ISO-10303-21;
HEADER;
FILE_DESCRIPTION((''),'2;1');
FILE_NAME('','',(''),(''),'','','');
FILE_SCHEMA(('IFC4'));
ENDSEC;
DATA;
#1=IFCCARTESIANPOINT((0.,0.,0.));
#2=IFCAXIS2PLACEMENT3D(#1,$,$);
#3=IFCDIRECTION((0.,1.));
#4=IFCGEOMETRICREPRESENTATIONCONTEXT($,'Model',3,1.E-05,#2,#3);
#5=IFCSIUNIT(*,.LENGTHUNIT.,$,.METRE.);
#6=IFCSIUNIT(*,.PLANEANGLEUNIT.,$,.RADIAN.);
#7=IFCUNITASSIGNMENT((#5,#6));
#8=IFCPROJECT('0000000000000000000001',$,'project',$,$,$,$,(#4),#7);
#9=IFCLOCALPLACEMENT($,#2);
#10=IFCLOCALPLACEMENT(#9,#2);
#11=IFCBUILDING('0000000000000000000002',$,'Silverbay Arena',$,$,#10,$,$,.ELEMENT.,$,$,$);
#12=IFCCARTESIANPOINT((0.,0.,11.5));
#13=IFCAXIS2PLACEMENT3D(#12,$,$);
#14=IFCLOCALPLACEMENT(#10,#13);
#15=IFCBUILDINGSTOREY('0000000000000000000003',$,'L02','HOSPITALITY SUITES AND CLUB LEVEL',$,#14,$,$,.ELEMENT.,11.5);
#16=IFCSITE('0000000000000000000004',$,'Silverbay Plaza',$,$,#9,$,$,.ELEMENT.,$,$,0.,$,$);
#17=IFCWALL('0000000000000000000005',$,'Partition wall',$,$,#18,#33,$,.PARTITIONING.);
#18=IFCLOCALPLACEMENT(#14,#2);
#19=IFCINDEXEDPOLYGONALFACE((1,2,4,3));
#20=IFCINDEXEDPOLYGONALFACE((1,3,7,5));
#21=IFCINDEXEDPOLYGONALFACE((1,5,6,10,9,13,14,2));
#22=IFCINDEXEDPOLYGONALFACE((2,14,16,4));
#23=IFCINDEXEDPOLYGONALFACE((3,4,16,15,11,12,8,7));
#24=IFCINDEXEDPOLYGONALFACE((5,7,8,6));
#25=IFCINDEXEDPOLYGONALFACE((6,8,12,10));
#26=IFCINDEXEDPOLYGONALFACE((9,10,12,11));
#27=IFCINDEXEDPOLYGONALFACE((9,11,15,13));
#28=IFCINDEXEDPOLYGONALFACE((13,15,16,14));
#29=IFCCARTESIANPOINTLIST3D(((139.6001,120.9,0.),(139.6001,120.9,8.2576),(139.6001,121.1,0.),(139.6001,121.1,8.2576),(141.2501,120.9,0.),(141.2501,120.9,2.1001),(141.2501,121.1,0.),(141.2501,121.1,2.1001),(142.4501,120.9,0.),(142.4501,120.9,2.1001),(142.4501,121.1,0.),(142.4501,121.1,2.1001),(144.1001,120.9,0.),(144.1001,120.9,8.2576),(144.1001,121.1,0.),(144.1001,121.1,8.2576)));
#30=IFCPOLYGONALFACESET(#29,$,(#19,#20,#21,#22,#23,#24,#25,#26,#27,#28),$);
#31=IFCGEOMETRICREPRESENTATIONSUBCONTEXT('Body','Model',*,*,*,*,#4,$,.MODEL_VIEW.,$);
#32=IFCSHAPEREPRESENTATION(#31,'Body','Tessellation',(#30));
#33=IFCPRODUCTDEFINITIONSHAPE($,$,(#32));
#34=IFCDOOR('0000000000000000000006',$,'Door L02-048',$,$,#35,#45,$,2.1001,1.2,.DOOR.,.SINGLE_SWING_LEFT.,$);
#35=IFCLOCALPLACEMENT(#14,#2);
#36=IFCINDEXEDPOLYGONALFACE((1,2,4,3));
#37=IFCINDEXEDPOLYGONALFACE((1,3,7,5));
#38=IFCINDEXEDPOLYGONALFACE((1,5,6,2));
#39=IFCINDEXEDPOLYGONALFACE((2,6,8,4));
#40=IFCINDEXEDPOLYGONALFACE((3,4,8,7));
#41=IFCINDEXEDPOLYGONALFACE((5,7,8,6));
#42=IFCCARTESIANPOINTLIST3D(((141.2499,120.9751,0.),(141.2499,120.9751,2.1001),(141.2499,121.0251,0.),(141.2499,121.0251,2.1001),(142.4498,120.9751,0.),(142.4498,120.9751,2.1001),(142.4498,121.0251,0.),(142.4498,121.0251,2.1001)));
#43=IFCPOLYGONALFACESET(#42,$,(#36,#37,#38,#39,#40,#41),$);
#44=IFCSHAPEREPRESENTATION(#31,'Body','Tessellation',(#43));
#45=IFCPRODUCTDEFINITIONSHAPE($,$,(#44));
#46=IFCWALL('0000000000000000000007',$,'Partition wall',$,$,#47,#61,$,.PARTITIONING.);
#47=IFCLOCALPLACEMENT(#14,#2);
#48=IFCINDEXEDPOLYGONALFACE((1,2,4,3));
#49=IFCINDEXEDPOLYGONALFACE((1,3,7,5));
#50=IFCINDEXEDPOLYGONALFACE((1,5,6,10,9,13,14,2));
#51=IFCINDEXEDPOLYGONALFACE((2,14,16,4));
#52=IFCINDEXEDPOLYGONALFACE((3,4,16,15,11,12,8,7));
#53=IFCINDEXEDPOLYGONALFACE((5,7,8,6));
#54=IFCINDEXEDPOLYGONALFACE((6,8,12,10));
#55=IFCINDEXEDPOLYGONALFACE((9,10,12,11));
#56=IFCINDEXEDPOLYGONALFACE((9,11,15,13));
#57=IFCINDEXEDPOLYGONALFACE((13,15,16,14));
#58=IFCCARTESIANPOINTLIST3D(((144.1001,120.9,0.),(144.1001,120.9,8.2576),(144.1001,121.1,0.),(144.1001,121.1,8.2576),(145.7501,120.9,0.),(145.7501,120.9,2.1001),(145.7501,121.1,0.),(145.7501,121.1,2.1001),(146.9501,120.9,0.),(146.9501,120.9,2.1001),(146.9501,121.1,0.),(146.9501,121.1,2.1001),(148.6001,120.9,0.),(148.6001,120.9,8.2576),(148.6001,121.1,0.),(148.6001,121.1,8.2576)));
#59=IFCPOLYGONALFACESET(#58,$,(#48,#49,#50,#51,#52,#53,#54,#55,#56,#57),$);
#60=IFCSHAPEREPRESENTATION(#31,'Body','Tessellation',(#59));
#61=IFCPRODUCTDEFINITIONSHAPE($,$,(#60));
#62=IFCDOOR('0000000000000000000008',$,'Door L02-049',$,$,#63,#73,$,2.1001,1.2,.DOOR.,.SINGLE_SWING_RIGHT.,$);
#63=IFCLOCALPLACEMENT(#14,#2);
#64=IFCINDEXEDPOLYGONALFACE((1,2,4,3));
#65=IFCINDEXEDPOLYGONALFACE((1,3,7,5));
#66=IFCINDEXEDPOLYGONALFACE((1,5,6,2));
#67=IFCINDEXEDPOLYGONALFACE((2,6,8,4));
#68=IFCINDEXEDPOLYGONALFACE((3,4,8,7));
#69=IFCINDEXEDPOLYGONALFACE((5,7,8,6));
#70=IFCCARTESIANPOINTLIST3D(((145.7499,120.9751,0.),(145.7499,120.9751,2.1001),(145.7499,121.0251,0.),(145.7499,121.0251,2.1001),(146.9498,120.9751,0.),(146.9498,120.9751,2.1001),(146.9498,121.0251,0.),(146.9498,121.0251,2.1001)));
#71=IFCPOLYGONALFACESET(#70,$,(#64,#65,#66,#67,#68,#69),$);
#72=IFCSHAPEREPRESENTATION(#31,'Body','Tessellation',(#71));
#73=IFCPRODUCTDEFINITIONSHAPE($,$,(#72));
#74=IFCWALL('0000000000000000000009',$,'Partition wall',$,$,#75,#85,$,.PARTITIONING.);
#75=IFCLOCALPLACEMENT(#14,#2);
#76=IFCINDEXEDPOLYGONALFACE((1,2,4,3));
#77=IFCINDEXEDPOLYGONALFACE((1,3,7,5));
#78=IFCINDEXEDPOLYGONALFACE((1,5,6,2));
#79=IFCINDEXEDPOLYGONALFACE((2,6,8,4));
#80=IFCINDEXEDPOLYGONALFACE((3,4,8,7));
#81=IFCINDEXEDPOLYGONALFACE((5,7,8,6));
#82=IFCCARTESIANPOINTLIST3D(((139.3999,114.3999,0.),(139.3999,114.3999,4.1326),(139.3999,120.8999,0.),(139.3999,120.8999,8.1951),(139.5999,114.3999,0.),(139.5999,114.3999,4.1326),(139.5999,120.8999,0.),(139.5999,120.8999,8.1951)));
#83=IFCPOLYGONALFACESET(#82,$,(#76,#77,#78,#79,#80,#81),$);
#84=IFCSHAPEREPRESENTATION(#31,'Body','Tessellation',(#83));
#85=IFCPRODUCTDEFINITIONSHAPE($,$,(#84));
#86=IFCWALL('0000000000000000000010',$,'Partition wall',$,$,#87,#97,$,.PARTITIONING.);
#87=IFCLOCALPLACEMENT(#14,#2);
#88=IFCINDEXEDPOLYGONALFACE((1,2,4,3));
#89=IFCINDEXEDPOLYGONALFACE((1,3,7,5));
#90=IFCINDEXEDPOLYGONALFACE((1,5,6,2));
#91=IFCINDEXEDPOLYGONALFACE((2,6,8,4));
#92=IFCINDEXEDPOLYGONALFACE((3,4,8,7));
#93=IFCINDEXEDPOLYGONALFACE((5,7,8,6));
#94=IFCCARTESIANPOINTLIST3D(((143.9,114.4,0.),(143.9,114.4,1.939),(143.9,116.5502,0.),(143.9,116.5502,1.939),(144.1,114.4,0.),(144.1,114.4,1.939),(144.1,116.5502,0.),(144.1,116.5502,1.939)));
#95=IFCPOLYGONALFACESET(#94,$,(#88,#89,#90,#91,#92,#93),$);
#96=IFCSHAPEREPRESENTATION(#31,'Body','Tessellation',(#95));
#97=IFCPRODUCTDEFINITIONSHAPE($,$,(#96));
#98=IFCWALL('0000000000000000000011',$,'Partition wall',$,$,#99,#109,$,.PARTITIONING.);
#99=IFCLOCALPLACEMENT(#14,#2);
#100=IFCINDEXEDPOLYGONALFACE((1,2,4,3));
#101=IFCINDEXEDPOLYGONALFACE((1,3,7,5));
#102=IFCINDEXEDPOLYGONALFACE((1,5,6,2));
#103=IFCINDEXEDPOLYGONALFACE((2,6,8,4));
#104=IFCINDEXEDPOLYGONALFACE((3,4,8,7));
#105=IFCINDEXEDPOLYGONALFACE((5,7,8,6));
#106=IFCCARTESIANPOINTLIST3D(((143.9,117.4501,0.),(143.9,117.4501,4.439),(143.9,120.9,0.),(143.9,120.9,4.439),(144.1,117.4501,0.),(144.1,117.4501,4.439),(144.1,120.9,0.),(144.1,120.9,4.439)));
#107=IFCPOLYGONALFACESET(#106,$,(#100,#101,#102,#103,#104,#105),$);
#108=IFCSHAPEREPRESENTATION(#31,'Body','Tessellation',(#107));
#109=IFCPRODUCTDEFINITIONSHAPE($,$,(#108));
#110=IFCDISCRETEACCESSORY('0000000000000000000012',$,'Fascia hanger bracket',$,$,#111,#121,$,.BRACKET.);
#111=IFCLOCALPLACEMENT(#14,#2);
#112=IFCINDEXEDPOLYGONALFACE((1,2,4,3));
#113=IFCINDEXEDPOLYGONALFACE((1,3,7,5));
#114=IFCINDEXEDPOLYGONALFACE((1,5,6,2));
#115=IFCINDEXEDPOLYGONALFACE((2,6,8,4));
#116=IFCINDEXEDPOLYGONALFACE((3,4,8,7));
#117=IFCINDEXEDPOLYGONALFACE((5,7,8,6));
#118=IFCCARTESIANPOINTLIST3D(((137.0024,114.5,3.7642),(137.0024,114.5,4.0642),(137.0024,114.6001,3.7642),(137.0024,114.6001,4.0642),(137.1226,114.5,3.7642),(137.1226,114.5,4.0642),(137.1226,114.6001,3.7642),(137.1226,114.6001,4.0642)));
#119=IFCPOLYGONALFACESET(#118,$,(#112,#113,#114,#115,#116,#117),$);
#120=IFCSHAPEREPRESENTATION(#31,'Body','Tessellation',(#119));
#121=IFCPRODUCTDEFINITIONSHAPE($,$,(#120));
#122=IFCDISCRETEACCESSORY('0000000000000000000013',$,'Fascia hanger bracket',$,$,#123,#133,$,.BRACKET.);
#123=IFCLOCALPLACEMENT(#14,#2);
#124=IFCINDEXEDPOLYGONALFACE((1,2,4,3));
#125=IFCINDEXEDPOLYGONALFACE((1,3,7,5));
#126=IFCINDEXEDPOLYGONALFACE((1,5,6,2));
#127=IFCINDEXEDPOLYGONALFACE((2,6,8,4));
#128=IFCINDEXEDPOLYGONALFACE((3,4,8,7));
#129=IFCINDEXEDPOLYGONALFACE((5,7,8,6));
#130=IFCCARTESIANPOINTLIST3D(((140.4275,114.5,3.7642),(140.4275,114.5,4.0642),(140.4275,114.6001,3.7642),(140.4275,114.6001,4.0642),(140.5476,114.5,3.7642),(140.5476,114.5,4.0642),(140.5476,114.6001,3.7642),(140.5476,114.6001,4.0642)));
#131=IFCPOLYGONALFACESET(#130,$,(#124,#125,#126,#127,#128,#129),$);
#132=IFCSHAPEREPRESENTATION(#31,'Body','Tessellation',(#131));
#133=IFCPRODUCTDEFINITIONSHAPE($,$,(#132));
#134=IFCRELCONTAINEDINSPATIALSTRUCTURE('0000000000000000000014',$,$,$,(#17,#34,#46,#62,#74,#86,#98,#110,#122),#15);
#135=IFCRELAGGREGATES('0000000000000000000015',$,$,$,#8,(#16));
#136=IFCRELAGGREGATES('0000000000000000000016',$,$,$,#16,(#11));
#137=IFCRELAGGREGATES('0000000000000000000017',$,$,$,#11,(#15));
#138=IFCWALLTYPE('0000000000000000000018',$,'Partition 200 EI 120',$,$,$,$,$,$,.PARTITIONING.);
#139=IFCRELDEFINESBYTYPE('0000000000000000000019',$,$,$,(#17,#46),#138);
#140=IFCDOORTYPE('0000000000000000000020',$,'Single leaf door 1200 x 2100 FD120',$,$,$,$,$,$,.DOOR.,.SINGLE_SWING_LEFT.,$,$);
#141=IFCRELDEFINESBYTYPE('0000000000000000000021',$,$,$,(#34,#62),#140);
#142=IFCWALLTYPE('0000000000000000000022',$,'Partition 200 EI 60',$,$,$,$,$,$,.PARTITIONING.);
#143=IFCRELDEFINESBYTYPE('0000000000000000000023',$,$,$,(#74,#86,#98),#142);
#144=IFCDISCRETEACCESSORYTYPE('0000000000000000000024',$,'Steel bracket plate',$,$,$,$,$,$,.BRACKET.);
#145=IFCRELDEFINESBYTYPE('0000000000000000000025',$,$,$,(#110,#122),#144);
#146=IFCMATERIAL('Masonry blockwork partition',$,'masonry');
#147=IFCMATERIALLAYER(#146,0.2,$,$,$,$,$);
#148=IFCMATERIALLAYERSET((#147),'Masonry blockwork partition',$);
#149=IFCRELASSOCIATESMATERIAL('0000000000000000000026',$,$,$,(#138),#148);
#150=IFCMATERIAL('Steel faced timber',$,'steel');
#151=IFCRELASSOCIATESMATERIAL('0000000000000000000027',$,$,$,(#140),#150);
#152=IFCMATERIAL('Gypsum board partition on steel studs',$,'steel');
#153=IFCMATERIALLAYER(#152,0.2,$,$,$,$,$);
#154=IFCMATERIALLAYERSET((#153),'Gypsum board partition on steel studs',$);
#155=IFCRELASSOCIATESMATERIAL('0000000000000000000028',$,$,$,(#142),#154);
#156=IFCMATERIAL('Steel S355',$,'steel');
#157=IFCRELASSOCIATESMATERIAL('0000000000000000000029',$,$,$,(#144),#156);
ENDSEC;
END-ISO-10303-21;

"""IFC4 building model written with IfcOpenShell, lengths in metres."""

from ifc_helpers import new_model, si_unit, direction, frame, frame_2d, origin, origin_2d, place, context, subcontext, project, spatial, polyline, rectangle, outline, extrude, material, layer, layer_set, type_object, element, fill, save


model = new_model("IFC4")

# Units and contexts
model_context = context("Model", 3, precision=1e-05, world=origin(), true_north=direction((0.0, 1.0)))
body_context = subcontext(model_context, "Body", "Model", "MODEL_VIEW")
ifc_project = project(units=[si_unit("LENGTHUNIT", "METRE"), si_unit("PLANEANGLEUNIT", "RADIAN")], contexts=[model_context])

# Site, building, storey
site_placement = place(None, origin())
site = spatial("IfcSite", under=ifc_project, at=site_placement, Name="Silverbay Plaza", CompositionType="ELEMENT", RefElevation=0.0)
building_placement = place(site_placement, origin())
building = spatial("IfcBuilding", under=site, at=building_placement, Name="Silverbay Arena", CompositionType="ELEMENT")
storey_placement = place(building_placement, frame((0.0, 0.0, 11.5)))
storey = spatial("IfcBuildingStorey", under=building, at=storey_placement, Name="L02", Description="HOSPITALITY SUITES AND CLUB LEVEL", CompositionType="ELEMENT", Elevation=11.5)

# Walls, openings, doors
ifc_material_1 = material(Name="Masonry blockwork partition", Category="masonry")
ifc_layer_1 = layer(ifc_material_1, 0.2)
ifc_layer_set_1 = layer_set([ifc_layer_1], Name="Masonry blockwork partition")
wall_type_1 = type_object("IfcWallType", Name="Partition 200 EI 120", PredefinedType="PARTITIONING", material=ifc_layer_set_1)
wall_1_placement = place(storey_placement, frame((139.6001, 121.0, 0.0), z_axis=(0.0, 0.0, 1.0), x_axis=(1.0, 0.0, 0.0)))
wall_1 = element("IfcWall", 1, at=wall_1_placement, inside=storey, type_object=wall_type_1, Name="Partition wall", PredefinedType="PARTITIONING", context=body_context, shape_type="SweptSolid", body=[
    extrude(rectangle(XDim=4.5, YDim=0.2, at=frame_2d((2.25, 0.0))), origin(), (0.0, 0.0, 1.0), 8.2576),
])
opening_1_placement = place(wall_1_placement, frame((1.6499, 0.0, 0.0)))
opening_1 = element("IfcOpeningElement", 2, at=opening_1_placement, cuts=wall_1, PredefinedType="OPENING", context=body_context, shape_type="SweptSolid", body=[
    extrude(rectangle(XDim=1.2, YDim=2.1001, at=frame_2d((0.6001, 1.05))), frame((0.0, 0.1099, 0.0), z_axis=(0.0, -1.0, 0.0), x_axis=(1.0, 0.0, 0.0)), (0.0, 0.0, 1.0), 0.22),
])
ifc_material_2 = material(Name="Steel faced timber", Category="steel")
door_type = type_object("IfcDoorType", Name="Single leaf door 1200 x 2100 FD120", OperationType="SINGLE_SWING_LEFT", PredefinedType="DOOR", material=ifc_material_2)
door_1_placement = place(opening_1_placement, frame((1.2, 0.0, 0.0), z_axis=(0.0, 0.0, 1.0), x_axis=(-1.0, 0.0, 0.0)))
door_1 = element("IfcDoor", 3, at=door_1_placement, inside=storey, type_object=door_type, Name="Door L02-048", OperationType="SINGLE_SWING_LEFT", OverallHeight=2.1001, OverallWidth=1.2, PredefinedType="DOOR", context=body_context, shape_type="SweptSolid", body=[
    extrude(rectangle(XDim=1.2, YDim=2.1001, at=frame_2d((0.6001, 1.05))), frame((0.0, 0.0249, 0.0), z_axis=(0.0, -1.0, 0.0), x_axis=(1.0, 0.0, 0.0)), (0.0, 0.0, 1.0), 0.05),
])
fill(opening_1, door_1)
wall_2_placement = place(storey_placement, frame((144.1001, 121.0, 0.0), z_axis=(0.0, 0.0, 1.0), x_axis=(1.0, 0.0, 0.0)))
wall_2 = element("IfcWall", 4, at=wall_2_placement, inside=storey, type_object=wall_type_1, Name="Partition wall", PredefinedType="PARTITIONING", context=body_context, shape_type="SweptSolid", body=[
    extrude(rectangle(XDim=4.5, YDim=0.2, at=frame_2d((2.25, 0.0))), origin(), (0.0, 0.0, 1.0), 8.2576),
])
opening_2_placement = place(wall_2_placement, frame((1.6499, 0.0, 0.0)))
opening_2 = element("IfcOpeningElement", 5, at=opening_2_placement, cuts=wall_2, PredefinedType="OPENING", context=body_context, shape_type="SweptSolid", body=[
    extrude(rectangle(XDim=1.2, YDim=2.1001, at=frame_2d((0.6001, 1.05))), frame((0.0, 0.1099, 0.0), z_axis=(0.0, -1.0, 0.0), x_axis=(1.0, 0.0, 0.0)), (0.0, 0.0, 1.0), 0.22),
])
door_2_placement = place(opening_2_placement, frame((1.2, 0.0, 0.0), z_axis=(0.0, 0.0, 1.0), x_axis=(-1.0, 0.0, 0.0)))
door_2 = element("IfcDoor", 6, at=door_2_placement, inside=storey, type_object=door_type, Name="Door L02-049", OperationType="SINGLE_SWING_RIGHT", OverallHeight=2.1001, OverallWidth=1.2, PredefinedType="DOOR", context=body_context, shape_type="SweptSolid", body=[
    extrude(rectangle(XDim=1.2, YDim=2.1001, at=frame_2d((0.6001, 1.05))), frame((0.0, 0.0249, 0.0), z_axis=(0.0, -1.0, 0.0), x_axis=(1.0, 0.0, 0.0)), (0.0, 0.0, 1.0), 0.05),
])
fill(opening_2, door_2)

# Walls
ifc_material_3 = material(Name="Gypsum board partition on steel studs", Category="steel")
ifc_layer_2 = layer(ifc_material_3, 0.2)
ifc_layer_set_2 = layer_set([ifc_layer_2], Name="Gypsum board partition on steel studs")
wall_type_2 = type_object("IfcWallType", Name="Partition 200 EI 60", PredefinedType="PARTITIONING", material=ifc_layer_set_2)
wall_3_placement = place(storey_placement, frame((139.5, 114.3999, 0.0), z_axis=(0.0, 0.0, 1.0), x_axis=(0.0, 1.0, 0.0)))
element("IfcWall", 7, at=wall_3_placement, inside=storey, type_object=wall_type_2, Name="Partition wall", PredefinedType="PARTITIONING", context=body_context, shape_type="SweptSolid", body=[
    extrude(outline(polyline([(0.0, 0.0), (6.5, 0.0), (6.5, 8.1951), (0.0, 4.1326), (0.0, 0.0)])), frame((0.0, 0.1001, 0.0), z_axis=(0.0, -1.0, 0.0), x_axis=(1.0, 0.0, 0.0)), (0.0, 0.0, 1.0), 0.2),
])
wall_4_placement = place(storey_placement, frame((144.0, 114.3999, 0.0), z_axis=(0.0, 0.0, 1.0), x_axis=(0.0, 1.0, 0.0)))
element("IfcWall", 8, at=wall_4_placement, inside=storey, type_object=wall_type_2, Name="Partition wall", PredefinedType="PARTITIONING", context=body_context, shape_type="SweptSolid", body=[
    extrude(rectangle(XDim=2.1501, YDim=0.2, at=frame_2d((1.0752, 0.0))), origin(), (0.0, 0.0, 1.0), 1.939),
])
wall_5_placement = place(storey_placement, frame((144.0, 117.45, 0.0), z_axis=(0.0, 0.0, 1.0), x_axis=(0.0, 1.0, 0.0)))
element("IfcWall", 9, at=wall_5_placement, inside=storey, type_object=wall_type_2, Name="Partition wall", PredefinedType="PARTITIONING", context=body_context, shape_type="SweptSolid", body=[
    extrude(rectangle(XDim=3.45, YDim=0.2, at=frame_2d((1.7251, 0.0))), origin(), (0.0, 0.0, 1.0), 4.439),
])

# Discrete accessories
ifc_material_4 = material(Name="Steel S355", Category="steel")
discrete_accessory_type = type_object("IfcDiscreteAccessoryType", Name="Steel bracket plate", PredefinedType="BRACKET", material=ifc_material_4)
for number, where, z_axis, x_axis, name in (
    (10, (137.0625, 114.55, 3.7642), (0.0, 0.0, 1.0), (1.0, 0.0, 0.0), "Fascia hanger bracket"),
    (11, (140.4875, 114.55, 3.7642), (0.0, 0.0, 1.0), (1.0, 0.0, 0.0), "Fascia hanger bracket"),
):
    element("IfcDiscreteAccessory", number, at=place(storey_placement, frame(where, z_axis=z_axis, x_axis=x_axis)), inside=storey, type_object=discrete_accessory_type, Name=name, PredefinedType="BRACKET", context=body_context, shape_type="SweptSolid", body=[
        extrude(rectangle(XDim=0.1201, YDim=0.1001, at=origin_2d()), origin(), (0.0, 0.0, 1.0), 0.3),
    ])

save(model, "model.ifc")
